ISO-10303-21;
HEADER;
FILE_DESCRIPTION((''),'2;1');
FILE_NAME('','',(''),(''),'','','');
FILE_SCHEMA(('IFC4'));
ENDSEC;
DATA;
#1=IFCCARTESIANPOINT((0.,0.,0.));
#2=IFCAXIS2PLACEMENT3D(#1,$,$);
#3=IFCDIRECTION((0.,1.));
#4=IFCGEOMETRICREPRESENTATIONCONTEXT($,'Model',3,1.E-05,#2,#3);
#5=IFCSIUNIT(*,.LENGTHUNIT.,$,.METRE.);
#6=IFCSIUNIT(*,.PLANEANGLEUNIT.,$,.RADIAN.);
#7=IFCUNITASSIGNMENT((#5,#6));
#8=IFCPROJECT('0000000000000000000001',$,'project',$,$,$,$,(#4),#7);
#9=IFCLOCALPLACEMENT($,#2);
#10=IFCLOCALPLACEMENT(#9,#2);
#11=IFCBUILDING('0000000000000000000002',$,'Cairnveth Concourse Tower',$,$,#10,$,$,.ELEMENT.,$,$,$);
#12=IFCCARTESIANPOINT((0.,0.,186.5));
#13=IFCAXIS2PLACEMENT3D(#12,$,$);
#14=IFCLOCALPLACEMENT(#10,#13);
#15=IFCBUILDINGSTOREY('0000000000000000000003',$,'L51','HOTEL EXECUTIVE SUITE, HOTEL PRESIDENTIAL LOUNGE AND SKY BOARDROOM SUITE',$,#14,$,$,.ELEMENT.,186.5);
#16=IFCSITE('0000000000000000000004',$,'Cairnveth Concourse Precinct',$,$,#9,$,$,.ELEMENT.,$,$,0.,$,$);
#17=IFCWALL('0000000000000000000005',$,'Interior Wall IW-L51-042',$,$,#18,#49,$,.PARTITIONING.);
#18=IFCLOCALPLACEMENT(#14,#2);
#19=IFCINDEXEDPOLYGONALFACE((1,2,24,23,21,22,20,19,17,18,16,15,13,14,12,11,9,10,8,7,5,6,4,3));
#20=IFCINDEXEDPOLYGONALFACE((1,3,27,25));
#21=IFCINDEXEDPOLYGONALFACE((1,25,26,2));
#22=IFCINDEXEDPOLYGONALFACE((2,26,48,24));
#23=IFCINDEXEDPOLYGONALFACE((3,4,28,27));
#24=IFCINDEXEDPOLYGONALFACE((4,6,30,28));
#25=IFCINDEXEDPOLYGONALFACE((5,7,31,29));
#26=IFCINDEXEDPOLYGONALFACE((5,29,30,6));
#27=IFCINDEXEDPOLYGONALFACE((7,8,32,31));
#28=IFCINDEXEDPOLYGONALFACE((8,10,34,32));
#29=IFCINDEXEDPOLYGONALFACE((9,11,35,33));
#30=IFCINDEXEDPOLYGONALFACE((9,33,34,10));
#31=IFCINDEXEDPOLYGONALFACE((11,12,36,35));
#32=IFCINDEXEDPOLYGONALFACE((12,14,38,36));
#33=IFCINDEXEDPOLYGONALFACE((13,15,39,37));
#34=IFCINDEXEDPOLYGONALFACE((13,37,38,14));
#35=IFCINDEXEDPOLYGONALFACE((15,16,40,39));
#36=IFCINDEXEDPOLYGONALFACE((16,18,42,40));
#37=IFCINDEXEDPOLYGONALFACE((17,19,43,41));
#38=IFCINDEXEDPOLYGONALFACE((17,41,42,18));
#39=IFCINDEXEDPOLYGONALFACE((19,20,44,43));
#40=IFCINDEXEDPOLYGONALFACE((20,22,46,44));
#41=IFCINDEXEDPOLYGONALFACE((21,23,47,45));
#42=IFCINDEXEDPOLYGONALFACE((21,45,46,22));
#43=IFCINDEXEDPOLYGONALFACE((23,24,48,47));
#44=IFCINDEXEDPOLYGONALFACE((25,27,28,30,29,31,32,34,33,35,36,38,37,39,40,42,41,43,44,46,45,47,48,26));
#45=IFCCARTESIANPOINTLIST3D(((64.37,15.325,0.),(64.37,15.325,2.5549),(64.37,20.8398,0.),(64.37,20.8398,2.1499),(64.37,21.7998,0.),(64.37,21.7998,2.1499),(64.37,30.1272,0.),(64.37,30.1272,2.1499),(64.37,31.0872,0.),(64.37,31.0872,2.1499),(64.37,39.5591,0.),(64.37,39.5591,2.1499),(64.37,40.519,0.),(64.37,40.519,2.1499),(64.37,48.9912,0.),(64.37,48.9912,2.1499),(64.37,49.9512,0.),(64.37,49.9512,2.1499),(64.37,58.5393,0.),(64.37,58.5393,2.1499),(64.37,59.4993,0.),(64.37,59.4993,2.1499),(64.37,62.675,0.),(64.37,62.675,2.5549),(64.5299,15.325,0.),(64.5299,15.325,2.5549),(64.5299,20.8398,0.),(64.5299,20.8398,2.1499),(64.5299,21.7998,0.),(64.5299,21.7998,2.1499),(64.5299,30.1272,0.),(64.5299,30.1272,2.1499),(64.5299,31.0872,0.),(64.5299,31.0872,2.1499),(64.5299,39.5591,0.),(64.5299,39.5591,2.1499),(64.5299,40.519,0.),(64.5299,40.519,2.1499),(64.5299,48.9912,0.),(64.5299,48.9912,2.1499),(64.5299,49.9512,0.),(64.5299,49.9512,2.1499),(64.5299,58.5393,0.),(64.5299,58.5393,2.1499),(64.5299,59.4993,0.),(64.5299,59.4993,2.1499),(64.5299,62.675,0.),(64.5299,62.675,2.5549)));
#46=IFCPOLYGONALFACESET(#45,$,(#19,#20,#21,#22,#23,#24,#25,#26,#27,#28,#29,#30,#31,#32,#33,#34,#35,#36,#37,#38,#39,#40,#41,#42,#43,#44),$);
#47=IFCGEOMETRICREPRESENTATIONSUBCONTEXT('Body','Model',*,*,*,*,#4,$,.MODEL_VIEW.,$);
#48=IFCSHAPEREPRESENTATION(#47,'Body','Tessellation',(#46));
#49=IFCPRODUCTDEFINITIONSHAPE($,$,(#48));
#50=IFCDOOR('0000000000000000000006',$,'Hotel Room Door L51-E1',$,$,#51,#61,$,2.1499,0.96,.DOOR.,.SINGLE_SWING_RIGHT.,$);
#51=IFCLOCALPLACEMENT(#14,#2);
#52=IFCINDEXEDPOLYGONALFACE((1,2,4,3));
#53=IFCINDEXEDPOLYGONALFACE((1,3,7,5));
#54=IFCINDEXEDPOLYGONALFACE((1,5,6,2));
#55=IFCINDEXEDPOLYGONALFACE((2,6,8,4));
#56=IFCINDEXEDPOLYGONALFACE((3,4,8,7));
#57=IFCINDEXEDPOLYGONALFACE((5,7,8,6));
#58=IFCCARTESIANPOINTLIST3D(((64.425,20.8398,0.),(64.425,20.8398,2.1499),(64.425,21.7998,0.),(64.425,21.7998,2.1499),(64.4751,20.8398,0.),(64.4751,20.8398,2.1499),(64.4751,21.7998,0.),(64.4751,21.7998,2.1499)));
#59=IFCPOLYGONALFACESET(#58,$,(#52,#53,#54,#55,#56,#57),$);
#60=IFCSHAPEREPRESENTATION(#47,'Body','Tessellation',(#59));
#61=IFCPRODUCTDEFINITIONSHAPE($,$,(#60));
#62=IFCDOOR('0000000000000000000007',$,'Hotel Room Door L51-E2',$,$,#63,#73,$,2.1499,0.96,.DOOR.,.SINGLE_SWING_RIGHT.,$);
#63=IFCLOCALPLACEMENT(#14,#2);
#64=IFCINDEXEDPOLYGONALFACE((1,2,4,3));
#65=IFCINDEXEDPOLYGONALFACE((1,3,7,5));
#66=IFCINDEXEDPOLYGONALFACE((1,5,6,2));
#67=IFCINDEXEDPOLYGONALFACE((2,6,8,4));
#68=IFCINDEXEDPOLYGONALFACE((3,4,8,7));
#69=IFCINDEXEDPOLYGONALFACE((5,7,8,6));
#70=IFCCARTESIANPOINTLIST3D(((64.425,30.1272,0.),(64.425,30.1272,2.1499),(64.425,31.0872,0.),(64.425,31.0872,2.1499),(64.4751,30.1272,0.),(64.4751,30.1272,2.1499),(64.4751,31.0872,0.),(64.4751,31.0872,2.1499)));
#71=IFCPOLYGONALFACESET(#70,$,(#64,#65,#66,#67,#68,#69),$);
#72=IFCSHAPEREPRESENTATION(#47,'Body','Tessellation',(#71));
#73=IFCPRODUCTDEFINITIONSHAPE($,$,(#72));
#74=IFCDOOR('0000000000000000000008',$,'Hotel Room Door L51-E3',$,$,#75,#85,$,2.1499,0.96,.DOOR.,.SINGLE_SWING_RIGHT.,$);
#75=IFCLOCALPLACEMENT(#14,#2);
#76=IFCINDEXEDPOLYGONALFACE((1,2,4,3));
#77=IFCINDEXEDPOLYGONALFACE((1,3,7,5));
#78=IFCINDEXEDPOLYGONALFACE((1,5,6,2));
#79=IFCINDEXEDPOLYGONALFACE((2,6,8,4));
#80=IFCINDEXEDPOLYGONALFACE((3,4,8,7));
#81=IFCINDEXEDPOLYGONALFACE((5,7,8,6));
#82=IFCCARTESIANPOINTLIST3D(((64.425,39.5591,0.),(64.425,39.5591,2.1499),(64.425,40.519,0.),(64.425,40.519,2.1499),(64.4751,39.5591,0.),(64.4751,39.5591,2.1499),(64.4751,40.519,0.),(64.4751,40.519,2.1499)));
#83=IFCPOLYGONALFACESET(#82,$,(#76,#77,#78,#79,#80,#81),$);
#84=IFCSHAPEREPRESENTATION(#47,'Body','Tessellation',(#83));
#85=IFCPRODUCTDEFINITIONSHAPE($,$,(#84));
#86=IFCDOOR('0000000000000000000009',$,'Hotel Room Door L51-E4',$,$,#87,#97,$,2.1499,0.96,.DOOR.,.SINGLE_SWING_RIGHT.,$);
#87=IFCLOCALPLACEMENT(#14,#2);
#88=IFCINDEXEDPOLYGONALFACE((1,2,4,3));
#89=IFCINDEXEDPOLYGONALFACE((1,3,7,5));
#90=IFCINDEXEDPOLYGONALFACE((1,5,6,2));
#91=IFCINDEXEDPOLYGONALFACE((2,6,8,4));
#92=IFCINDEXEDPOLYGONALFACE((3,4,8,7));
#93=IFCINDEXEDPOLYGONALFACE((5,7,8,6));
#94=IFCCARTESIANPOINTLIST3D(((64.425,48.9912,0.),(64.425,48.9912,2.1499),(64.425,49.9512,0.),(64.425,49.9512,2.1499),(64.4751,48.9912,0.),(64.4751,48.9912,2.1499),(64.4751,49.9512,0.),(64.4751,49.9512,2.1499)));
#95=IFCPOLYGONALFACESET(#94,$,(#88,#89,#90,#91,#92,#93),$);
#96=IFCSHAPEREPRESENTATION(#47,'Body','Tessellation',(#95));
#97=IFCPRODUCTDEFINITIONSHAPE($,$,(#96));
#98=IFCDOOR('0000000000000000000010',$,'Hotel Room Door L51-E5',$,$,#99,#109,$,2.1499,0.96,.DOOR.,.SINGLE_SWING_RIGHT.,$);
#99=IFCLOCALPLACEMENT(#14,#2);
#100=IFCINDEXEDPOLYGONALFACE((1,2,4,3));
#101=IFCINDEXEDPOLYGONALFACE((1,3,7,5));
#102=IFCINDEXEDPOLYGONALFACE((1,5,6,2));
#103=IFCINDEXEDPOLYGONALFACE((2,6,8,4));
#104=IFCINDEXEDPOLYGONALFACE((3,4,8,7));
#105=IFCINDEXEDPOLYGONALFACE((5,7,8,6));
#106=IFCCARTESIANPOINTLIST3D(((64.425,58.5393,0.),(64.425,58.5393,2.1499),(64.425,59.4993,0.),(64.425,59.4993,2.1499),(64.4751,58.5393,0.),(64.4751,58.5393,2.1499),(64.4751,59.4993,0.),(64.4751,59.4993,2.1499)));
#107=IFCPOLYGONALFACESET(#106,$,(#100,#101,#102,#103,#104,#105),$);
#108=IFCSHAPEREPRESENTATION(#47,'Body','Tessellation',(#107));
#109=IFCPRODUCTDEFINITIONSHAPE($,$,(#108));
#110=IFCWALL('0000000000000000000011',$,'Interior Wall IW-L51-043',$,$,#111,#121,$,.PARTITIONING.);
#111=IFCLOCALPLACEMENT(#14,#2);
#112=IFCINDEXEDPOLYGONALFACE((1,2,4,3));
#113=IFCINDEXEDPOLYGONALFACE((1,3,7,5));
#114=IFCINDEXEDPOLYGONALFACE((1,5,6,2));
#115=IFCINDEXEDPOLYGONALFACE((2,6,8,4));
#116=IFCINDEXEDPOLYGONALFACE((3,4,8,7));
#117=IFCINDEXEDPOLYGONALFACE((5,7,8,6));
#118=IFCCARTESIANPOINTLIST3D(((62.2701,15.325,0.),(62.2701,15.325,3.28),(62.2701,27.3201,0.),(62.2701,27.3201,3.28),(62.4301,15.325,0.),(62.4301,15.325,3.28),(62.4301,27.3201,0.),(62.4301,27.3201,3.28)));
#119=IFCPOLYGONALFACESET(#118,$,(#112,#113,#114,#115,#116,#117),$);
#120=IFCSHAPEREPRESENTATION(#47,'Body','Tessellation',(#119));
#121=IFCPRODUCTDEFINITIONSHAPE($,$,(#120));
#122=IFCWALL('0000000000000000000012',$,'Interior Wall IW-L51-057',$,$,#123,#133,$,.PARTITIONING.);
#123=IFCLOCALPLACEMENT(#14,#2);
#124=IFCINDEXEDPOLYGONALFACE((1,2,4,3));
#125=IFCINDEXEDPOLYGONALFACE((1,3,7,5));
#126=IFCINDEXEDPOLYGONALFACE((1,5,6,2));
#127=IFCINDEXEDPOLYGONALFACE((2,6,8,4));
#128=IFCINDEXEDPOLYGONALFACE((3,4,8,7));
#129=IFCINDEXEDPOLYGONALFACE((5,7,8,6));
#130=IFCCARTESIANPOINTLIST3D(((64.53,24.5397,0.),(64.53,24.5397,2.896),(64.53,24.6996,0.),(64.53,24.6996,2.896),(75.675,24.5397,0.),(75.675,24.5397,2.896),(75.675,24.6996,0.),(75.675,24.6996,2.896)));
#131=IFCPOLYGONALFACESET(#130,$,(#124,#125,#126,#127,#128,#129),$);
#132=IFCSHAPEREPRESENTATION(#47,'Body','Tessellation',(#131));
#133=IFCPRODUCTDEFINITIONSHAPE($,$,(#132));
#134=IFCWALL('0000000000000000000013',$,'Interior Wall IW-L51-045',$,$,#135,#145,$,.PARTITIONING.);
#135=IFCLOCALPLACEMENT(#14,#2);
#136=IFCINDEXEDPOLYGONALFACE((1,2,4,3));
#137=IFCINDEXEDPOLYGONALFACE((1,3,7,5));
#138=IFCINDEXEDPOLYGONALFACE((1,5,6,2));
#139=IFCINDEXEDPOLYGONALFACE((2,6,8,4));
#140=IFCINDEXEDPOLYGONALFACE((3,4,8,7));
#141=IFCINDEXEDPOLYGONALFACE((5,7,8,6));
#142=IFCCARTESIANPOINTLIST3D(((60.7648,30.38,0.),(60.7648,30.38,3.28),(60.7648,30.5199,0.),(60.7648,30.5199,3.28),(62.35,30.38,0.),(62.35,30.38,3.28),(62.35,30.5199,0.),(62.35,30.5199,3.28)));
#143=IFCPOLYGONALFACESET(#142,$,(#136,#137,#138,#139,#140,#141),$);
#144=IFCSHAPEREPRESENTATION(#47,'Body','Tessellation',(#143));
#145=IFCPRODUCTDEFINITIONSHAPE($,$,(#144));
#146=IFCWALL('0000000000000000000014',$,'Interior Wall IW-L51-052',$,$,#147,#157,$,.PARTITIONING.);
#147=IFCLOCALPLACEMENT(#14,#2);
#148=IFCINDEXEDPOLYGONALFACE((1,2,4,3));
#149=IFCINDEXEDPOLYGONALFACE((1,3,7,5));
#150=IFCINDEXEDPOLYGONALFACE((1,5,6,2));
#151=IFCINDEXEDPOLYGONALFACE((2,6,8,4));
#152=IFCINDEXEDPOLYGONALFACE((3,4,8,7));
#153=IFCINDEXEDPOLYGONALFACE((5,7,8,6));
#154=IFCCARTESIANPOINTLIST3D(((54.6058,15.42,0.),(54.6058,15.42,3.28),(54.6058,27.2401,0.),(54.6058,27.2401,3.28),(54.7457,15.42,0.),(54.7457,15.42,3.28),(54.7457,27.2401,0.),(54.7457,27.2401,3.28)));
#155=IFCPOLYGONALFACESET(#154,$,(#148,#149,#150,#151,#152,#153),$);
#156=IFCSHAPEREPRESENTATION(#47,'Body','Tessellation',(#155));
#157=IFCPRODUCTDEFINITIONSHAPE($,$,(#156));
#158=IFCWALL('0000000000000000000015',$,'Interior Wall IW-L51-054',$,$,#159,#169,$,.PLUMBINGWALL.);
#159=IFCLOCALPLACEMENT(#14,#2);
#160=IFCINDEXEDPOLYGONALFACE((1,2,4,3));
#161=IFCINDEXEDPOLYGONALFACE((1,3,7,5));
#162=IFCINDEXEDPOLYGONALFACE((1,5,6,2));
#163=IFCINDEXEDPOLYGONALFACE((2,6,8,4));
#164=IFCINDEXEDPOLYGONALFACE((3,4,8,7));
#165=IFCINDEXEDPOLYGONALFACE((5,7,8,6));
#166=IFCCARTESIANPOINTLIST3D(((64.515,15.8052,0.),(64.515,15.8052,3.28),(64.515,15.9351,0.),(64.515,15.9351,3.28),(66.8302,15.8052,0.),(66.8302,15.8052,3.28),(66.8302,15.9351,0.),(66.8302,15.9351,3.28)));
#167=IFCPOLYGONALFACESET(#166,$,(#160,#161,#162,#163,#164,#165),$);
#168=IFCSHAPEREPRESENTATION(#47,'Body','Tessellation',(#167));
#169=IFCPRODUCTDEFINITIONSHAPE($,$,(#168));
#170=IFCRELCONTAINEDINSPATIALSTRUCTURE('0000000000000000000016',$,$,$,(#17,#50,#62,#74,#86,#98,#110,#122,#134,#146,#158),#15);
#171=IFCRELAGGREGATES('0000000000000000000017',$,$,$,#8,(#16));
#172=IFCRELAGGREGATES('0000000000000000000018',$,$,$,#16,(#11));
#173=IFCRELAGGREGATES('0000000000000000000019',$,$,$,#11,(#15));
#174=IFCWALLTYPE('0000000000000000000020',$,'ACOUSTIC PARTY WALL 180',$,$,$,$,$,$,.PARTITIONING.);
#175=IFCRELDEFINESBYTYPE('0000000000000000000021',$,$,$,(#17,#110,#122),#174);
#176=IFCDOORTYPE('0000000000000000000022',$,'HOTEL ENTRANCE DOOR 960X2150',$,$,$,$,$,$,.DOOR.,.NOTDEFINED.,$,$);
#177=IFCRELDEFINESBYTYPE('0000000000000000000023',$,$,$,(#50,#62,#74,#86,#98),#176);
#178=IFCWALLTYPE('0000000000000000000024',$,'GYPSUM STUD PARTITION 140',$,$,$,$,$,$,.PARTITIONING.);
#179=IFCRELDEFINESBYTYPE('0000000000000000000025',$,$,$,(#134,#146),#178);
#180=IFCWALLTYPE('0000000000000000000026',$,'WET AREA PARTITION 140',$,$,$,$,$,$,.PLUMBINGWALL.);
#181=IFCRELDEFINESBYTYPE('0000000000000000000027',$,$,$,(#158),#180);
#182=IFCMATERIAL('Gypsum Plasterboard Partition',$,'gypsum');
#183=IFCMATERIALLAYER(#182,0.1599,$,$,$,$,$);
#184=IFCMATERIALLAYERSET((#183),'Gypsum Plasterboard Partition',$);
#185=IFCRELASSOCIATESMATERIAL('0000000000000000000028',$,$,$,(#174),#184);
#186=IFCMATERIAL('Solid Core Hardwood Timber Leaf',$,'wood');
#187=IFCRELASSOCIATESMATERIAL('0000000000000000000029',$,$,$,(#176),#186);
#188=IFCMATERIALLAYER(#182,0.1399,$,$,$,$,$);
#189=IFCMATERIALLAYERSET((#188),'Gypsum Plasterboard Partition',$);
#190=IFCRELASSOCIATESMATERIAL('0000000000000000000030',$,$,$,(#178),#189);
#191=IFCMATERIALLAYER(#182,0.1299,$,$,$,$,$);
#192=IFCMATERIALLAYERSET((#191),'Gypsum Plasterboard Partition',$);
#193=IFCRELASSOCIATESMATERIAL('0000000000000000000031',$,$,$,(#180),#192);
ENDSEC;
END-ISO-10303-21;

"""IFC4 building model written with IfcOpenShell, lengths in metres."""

from ifc_helpers import new_model, si_unit, direction, frame, frame_2d, origin, place, context, subcontext, project, spatial, rectangle, extrude, material, layer, layer_set, type_object, element, fill, save


model = new_model("IFC4")

# Units and contexts
model_context = context("Model", 3, precision=1e-05, world=origin(), true_north=direction((0.0, 1.0)))
body_context = subcontext(model_context, "Body", "Model", "MODEL_VIEW")
ifc_project = project(units=[si_unit("LENGTHUNIT", "METRE"), si_unit("PLANEANGLEUNIT", "RADIAN")], contexts=[model_context])

# Site, building, storey
site_placement = place(None, origin())
site = spatial("IfcSite", under=ifc_project, at=site_placement, Name="Cairnveth Concourse Precinct", CompositionType="ELEMENT", RefElevation=0.0)
building_placement = place(site_placement, origin())
building = spatial("IfcBuilding", under=site, at=building_placement, Name="Cairnveth Concourse Tower", CompositionType="ELEMENT")
storey_placement = place(building_placement, frame((0.0, 0.0, 186.5)))
storey = spatial("IfcBuildingStorey", under=building, at=storey_placement, Name="L51", Description="HOTEL EXECUTIVE SUITE, HOTEL PRESIDENTIAL LOUNGE AND SKY BOARDROOM SUITE", CompositionType="ELEMENT", Elevation=186.5)

# Wall, openings, doors
ifc_material_1 = material(Name="Gypsum Plasterboard Partition", Category="gypsum")
ifc_layer_1 = layer(ifc_material_1, 0.1599)
ifc_layer_set_1 = layer_set([ifc_layer_1], Name="Gypsum Plasterboard Partition")
wall_type_1 = type_object("IfcWallType", Name="ACOUSTIC PARTY WALL 180", PredefinedType="PARTITIONING", material=ifc_layer_set_1)
wall_1_placement = place(storey_placement, frame((64.45, 15.325, 0.0), z_axis=(0.0, 0.0, 1.0), x_axis=(0.0, 1.0, 0.0)))
wall_1 = element("IfcWall", 1, at=wall_1_placement, inside=storey, type_object=wall_type_1, Name="Interior Wall IW-L51-042", PredefinedType="PARTITIONING", context=body_context, shape_type="SweptSolid", body=[
    extrude(rectangle(XDim=47.3501, YDim=0.1599, at=frame_2d((23.675, 0.0))), origin(), (0.0, 0.0, 1.0), 2.5549),
])
opening_1_placement = place(wall_1_placement, frame((5.5149, 0.0, 0.0)))
opening_1 = element("IfcOpeningElement", 2, at=opening_1_placement, cuts=wall_1, PredefinedType="OPENING", context=body_context, shape_type="SweptSolid", body=[
    extrude(rectangle(XDim=0.96, YDim=2.1499, at=frame_2d((0.48, 1.075))), frame((0.0, 0.0898, 0.0), z_axis=(0.0, -1.0, 0.0), x_axis=(1.0, 0.0, 0.0)), (0.0, 0.0, 1.0), 0.1799),
])
opening_2_placement = place(wall_1_placement, frame((14.8022, 0.0, 0.0)))
opening_2 = element("IfcOpeningElement", 3, at=opening_2_placement, cuts=wall_1, PredefinedType="OPENING", context=body_context, shape_type="SweptSolid", body=[
    extrude(rectangle(XDim=0.96, YDim=2.1499, at=frame_2d((0.48, 1.075))), frame((0.0, 0.0898, 0.0), z_axis=(0.0, -1.0, 0.0), x_axis=(1.0, 0.0, 0.0)), (0.0, 0.0, 1.0), 0.1799),
])
opening_3_placement = place(wall_1_placement, frame((24.2341, 0.0, 0.0)))
opening_3 = element("IfcOpeningElement", 4, at=opening_3_placement, cuts=wall_1, PredefinedType="OPENING", context=body_context, shape_type="SweptSolid", body=[
    extrude(rectangle(XDim=0.96, YDim=2.1499, at=frame_2d((0.48, 1.075))), frame((0.0, 0.0898, 0.0), z_axis=(0.0, -1.0, 0.0), x_axis=(1.0, 0.0, 0.0)), (0.0, 0.0, 1.0), 0.1799),
])
opening_4_placement = place(wall_1_placement, frame((33.6663, 0.0, 0.0)))
opening_4 = element("IfcOpeningElement", 5, at=opening_4_placement, cuts=wall_1, PredefinedType="OPENING", context=body_context, shape_type="SweptSolid", body=[
    extrude(rectangle(XDim=0.96, YDim=2.1499, at=frame_2d((0.48, 1.075))), frame((0.0, 0.0898, 0.0), z_axis=(0.0, -1.0, 0.0), x_axis=(1.0, 0.0, 0.0)), (0.0, 0.0, 1.0), 0.1799),
])
opening_5_placement = place(wall_1_placement, frame((43.2144, 0.0, 0.0)))
opening_5 = element("IfcOpeningElement", 6, at=opening_5_placement, cuts=wall_1, PredefinedType="OPENING", context=body_context, shape_type="SweptSolid", body=[
    extrude(rectangle(XDim=0.96, YDim=2.1499, at=frame_2d((0.48, 1.075))), frame((0.0, 0.0898, 0.0), z_axis=(0.0, -1.0, 0.0), x_axis=(1.0, 0.0, 0.0)), (0.0, 0.0, 1.0), 0.1799),
])
ifc_material_2 = material(Name="Solid Core Hardwood Timber Leaf", Category="wood")
door_type_1 = type_object("IfcDoorType", Name="HOTEL ENTRANCE DOOR 960X2150", OperationType="NOTDEFINED", PredefinedType="DOOR", material=ifc_material_2)
door_1_placement = place(opening_1_placement, origin())
door_1 = element("IfcDoor", 7, at=door_1_placement, inside=storey, type_object=door_type_1, Name="Hotel Room Door L51-E1", OperationType="SINGLE_SWING_RIGHT", OverallHeight=2.1499, OverallWidth=0.96, PredefinedType="DOOR", context=body_context, shape_type="SweptSolid", body=[
    extrude(rectangle(XDim=0.96, YDim=2.1499, at=frame_2d((0.48, 1.075))), frame((0.0, 0.0249, 0.0), z_axis=(0.0, -1.0, 0.0), x_axis=(1.0, 0.0, 0.0)), (0.0, 0.0, 1.0), 0.05),
])
fill(opening_1, door_1)
door_2_placement = place(opening_2_placement, origin())
door_2 = element("IfcDoor", 8, at=door_2_placement, inside=storey, type_object=door_type_1, Name="Hotel Room Door L51-E2", OperationType="SINGLE_SWING_RIGHT", OverallHeight=2.1499, OverallWidth=0.96, PredefinedType="DOOR", context=body_context, shape_type="SweptSolid", body=[
    extrude(rectangle(XDim=0.96, YDim=2.1499, at=frame_2d((0.48, 1.075))), frame((0.0, 0.0249, 0.0), z_axis=(0.0, -1.0, 0.0), x_axis=(1.0, 0.0, 0.0)), (0.0, 0.0, 1.0), 0.05),
])
fill(opening_2, door_2)
door_3_placement = place(opening_3_placement, origin())
door_3 = element("IfcDoor", 9, at=door_3_placement, inside=storey, type_object=door_type_1, Name="Hotel Room Door L51-E3", OperationType="SINGLE_SWING_RIGHT", OverallHeight=2.1499, OverallWidth=0.96, PredefinedType="DOOR", context=body_context, shape_type="SweptSolid", body=[
    extrude(rectangle(XDim=0.96, YDim=2.1499, at=frame_2d((0.48, 1.075))), frame((0.0, 0.0249, 0.0), z_axis=(0.0, -1.0, 0.0), x_axis=(1.0, 0.0, 0.0)), (0.0, 0.0, 1.0), 0.05),
])
fill(opening_3, door_3)
door_4_placement = place(opening_4_placement, origin())
door_4 = element("IfcDoor", 10, at=door_4_placement, inside=storey, type_object=door_type_1, Name="Hotel Room Door L51-E4", OperationType="SINGLE_SWING_RIGHT", OverallHeight=2.1499, OverallWidth=0.96, PredefinedType="DOOR", context=body_context, shape_type="SweptSolid", body=[
    extrude(rectangle(XDim=0.96, YDim=2.1499, at=frame_2d((0.48, 1.075))), frame((0.0, 0.0249, 0.0), z_axis=(0.0, -1.0, 0.0), x_axis=(1.0, 0.0, 0.0)), (0.0, 0.0, 1.0), 0.05),
])
fill(opening_4, door_4)
door_5_placement = place(opening_5_placement, origin())
door_5 = element("IfcDoor", 11, at=door_5_placement, inside=storey, type_object=door_type_1, Name="Hotel Room Door L51-E5", OperationType="SINGLE_SWING_RIGHT", OverallHeight=2.1499, OverallWidth=0.96, PredefinedType="DOOR", context=body_context, shape_type="SweptSolid", body=[
    extrude(rectangle(XDim=0.96, YDim=2.1499, at=frame_2d((0.48, 1.075))), frame((0.0, 0.0249, 0.0), z_axis=(0.0, -1.0, 0.0), x_axis=(1.0, 0.0, 0.0)), (0.0, 0.0, 1.0), 0.05),
])
fill(opening_5, door_5)

# Walls
wall_2_placement = place(storey_placement, frame((62.3501, 15.325, 0.0), z_axis=(0.0, 0.0, 1.0), x_axis=(0.0, 1.0, 0.0)))
element("IfcWall", 12, at=wall_2_placement, inside=storey, type_object=wall_type_1, Name="Interior Wall IW-L51-043", PredefinedType="PARTITIONING", context=body_context, shape_type="SweptSolid", body=[
    extrude(rectangle(XDim=11.9951, YDim=0.1599, at=frame_2d((5.9976, 0.0))), origin(), (0.0, 0.0, 1.0), 3.28),
])
wall_3_placement = place(storey_placement, frame((64.53, 24.6196, 0.0), z_axis=(0.0, 0.0, 1.0), x_axis=(1.0, 0.0, 0.0)))
element("IfcWall", 13, at=wall_3_placement, inside=storey, type_object=wall_type_1, Name="Interior Wall IW-L51-057", PredefinedType="PARTITIONING", context=body_context, shape_type="SweptSolid", body=[
    extrude(rectangle(XDim=11.145, YDim=0.1599, at=frame_2d((5.5725, 0.0))), origin(), (0.0, 0.0, 1.0), 2.896),
])
ifc_layer_2 = layer(ifc_material_1, 0.1399)
ifc_layer_set_2 = layer_set([ifc_layer_2], Name="Gypsum Plasterboard Partition")
wall_type_2 = type_object("IfcWallType", Name="GYPSUM STUD PARTITION 140", PredefinedType="PARTITIONING", material=ifc_layer_set_2)
wall_4_placement = place(storey_placement, frame((60.7649, 30.45, 0.0), z_axis=(0.0, 0.0, 1.0), x_axis=(1.0, 0.0, 0.0)))
element("IfcWall", 14, at=wall_4_placement, inside=storey, type_object=wall_type_2, Name="Interior Wall IW-L51-045", PredefinedType="PARTITIONING", context=body_context, shape_type="SweptSolid", body=[
    extrude(rectangle(XDim=1.5852, YDim=0.1399, at=frame_2d((0.7925, 0.0))), origin(), (0.0, 0.0, 1.0), 3.28),
])
wall_5_placement = place(storey_placement, frame((54.6758, 15.4199, 0.0), z_axis=(0.0, 0.0, 1.0), x_axis=(0.0, 1.0, 0.0)))
element("IfcWall", 15, at=wall_5_placement, inside=storey, type_object=wall_type_2, Name="Interior Wall IW-L51-052", PredefinedType="PARTITIONING", context=body_context, shape_type="SweptSolid", body=[
    extrude(rectangle(XDim=11.8201, YDim=0.1399, at=frame_2d((5.9102, 0.0))), origin(), (0.0, 0.0, 1.0), 3.28),
])
ifc_layer_3 = layer(ifc_material_1, 0.1299)
ifc_layer_set_3 = layer_set([ifc_layer_3], Name="Gypsum Plasterboard Partition")
wall_type_3 = type_object("IfcWallType", Name="WET AREA PARTITION 140", PredefinedType="PLUMBINGWALL", material=ifc_layer_set_3)
for number, where, z_axis, x_axis, name in (
    (16, (64.5149, 15.8701, 0.0), (0.0, 0.0, 1.0), (1.0, 0.0, 0.0), "Interior Wall IW-L51-054"),
):
    element("IfcWall", number, at=place(storey_placement, frame(where, z_axis=z_axis, x_axis=x_axis)), inside=storey, type_object=wall_type_3, Name=name, PredefinedType="PLUMBINGWALL", context=body_context, shape_type="SweptSolid", body=[
        extrude(rectangle(XDim=2.3152, YDim=0.1299, at=frame_2d((1.1577, 0.0))), origin(), (0.0, 0.0, 1.0), 3.28),
    ])

save(model, "model.ifc")
